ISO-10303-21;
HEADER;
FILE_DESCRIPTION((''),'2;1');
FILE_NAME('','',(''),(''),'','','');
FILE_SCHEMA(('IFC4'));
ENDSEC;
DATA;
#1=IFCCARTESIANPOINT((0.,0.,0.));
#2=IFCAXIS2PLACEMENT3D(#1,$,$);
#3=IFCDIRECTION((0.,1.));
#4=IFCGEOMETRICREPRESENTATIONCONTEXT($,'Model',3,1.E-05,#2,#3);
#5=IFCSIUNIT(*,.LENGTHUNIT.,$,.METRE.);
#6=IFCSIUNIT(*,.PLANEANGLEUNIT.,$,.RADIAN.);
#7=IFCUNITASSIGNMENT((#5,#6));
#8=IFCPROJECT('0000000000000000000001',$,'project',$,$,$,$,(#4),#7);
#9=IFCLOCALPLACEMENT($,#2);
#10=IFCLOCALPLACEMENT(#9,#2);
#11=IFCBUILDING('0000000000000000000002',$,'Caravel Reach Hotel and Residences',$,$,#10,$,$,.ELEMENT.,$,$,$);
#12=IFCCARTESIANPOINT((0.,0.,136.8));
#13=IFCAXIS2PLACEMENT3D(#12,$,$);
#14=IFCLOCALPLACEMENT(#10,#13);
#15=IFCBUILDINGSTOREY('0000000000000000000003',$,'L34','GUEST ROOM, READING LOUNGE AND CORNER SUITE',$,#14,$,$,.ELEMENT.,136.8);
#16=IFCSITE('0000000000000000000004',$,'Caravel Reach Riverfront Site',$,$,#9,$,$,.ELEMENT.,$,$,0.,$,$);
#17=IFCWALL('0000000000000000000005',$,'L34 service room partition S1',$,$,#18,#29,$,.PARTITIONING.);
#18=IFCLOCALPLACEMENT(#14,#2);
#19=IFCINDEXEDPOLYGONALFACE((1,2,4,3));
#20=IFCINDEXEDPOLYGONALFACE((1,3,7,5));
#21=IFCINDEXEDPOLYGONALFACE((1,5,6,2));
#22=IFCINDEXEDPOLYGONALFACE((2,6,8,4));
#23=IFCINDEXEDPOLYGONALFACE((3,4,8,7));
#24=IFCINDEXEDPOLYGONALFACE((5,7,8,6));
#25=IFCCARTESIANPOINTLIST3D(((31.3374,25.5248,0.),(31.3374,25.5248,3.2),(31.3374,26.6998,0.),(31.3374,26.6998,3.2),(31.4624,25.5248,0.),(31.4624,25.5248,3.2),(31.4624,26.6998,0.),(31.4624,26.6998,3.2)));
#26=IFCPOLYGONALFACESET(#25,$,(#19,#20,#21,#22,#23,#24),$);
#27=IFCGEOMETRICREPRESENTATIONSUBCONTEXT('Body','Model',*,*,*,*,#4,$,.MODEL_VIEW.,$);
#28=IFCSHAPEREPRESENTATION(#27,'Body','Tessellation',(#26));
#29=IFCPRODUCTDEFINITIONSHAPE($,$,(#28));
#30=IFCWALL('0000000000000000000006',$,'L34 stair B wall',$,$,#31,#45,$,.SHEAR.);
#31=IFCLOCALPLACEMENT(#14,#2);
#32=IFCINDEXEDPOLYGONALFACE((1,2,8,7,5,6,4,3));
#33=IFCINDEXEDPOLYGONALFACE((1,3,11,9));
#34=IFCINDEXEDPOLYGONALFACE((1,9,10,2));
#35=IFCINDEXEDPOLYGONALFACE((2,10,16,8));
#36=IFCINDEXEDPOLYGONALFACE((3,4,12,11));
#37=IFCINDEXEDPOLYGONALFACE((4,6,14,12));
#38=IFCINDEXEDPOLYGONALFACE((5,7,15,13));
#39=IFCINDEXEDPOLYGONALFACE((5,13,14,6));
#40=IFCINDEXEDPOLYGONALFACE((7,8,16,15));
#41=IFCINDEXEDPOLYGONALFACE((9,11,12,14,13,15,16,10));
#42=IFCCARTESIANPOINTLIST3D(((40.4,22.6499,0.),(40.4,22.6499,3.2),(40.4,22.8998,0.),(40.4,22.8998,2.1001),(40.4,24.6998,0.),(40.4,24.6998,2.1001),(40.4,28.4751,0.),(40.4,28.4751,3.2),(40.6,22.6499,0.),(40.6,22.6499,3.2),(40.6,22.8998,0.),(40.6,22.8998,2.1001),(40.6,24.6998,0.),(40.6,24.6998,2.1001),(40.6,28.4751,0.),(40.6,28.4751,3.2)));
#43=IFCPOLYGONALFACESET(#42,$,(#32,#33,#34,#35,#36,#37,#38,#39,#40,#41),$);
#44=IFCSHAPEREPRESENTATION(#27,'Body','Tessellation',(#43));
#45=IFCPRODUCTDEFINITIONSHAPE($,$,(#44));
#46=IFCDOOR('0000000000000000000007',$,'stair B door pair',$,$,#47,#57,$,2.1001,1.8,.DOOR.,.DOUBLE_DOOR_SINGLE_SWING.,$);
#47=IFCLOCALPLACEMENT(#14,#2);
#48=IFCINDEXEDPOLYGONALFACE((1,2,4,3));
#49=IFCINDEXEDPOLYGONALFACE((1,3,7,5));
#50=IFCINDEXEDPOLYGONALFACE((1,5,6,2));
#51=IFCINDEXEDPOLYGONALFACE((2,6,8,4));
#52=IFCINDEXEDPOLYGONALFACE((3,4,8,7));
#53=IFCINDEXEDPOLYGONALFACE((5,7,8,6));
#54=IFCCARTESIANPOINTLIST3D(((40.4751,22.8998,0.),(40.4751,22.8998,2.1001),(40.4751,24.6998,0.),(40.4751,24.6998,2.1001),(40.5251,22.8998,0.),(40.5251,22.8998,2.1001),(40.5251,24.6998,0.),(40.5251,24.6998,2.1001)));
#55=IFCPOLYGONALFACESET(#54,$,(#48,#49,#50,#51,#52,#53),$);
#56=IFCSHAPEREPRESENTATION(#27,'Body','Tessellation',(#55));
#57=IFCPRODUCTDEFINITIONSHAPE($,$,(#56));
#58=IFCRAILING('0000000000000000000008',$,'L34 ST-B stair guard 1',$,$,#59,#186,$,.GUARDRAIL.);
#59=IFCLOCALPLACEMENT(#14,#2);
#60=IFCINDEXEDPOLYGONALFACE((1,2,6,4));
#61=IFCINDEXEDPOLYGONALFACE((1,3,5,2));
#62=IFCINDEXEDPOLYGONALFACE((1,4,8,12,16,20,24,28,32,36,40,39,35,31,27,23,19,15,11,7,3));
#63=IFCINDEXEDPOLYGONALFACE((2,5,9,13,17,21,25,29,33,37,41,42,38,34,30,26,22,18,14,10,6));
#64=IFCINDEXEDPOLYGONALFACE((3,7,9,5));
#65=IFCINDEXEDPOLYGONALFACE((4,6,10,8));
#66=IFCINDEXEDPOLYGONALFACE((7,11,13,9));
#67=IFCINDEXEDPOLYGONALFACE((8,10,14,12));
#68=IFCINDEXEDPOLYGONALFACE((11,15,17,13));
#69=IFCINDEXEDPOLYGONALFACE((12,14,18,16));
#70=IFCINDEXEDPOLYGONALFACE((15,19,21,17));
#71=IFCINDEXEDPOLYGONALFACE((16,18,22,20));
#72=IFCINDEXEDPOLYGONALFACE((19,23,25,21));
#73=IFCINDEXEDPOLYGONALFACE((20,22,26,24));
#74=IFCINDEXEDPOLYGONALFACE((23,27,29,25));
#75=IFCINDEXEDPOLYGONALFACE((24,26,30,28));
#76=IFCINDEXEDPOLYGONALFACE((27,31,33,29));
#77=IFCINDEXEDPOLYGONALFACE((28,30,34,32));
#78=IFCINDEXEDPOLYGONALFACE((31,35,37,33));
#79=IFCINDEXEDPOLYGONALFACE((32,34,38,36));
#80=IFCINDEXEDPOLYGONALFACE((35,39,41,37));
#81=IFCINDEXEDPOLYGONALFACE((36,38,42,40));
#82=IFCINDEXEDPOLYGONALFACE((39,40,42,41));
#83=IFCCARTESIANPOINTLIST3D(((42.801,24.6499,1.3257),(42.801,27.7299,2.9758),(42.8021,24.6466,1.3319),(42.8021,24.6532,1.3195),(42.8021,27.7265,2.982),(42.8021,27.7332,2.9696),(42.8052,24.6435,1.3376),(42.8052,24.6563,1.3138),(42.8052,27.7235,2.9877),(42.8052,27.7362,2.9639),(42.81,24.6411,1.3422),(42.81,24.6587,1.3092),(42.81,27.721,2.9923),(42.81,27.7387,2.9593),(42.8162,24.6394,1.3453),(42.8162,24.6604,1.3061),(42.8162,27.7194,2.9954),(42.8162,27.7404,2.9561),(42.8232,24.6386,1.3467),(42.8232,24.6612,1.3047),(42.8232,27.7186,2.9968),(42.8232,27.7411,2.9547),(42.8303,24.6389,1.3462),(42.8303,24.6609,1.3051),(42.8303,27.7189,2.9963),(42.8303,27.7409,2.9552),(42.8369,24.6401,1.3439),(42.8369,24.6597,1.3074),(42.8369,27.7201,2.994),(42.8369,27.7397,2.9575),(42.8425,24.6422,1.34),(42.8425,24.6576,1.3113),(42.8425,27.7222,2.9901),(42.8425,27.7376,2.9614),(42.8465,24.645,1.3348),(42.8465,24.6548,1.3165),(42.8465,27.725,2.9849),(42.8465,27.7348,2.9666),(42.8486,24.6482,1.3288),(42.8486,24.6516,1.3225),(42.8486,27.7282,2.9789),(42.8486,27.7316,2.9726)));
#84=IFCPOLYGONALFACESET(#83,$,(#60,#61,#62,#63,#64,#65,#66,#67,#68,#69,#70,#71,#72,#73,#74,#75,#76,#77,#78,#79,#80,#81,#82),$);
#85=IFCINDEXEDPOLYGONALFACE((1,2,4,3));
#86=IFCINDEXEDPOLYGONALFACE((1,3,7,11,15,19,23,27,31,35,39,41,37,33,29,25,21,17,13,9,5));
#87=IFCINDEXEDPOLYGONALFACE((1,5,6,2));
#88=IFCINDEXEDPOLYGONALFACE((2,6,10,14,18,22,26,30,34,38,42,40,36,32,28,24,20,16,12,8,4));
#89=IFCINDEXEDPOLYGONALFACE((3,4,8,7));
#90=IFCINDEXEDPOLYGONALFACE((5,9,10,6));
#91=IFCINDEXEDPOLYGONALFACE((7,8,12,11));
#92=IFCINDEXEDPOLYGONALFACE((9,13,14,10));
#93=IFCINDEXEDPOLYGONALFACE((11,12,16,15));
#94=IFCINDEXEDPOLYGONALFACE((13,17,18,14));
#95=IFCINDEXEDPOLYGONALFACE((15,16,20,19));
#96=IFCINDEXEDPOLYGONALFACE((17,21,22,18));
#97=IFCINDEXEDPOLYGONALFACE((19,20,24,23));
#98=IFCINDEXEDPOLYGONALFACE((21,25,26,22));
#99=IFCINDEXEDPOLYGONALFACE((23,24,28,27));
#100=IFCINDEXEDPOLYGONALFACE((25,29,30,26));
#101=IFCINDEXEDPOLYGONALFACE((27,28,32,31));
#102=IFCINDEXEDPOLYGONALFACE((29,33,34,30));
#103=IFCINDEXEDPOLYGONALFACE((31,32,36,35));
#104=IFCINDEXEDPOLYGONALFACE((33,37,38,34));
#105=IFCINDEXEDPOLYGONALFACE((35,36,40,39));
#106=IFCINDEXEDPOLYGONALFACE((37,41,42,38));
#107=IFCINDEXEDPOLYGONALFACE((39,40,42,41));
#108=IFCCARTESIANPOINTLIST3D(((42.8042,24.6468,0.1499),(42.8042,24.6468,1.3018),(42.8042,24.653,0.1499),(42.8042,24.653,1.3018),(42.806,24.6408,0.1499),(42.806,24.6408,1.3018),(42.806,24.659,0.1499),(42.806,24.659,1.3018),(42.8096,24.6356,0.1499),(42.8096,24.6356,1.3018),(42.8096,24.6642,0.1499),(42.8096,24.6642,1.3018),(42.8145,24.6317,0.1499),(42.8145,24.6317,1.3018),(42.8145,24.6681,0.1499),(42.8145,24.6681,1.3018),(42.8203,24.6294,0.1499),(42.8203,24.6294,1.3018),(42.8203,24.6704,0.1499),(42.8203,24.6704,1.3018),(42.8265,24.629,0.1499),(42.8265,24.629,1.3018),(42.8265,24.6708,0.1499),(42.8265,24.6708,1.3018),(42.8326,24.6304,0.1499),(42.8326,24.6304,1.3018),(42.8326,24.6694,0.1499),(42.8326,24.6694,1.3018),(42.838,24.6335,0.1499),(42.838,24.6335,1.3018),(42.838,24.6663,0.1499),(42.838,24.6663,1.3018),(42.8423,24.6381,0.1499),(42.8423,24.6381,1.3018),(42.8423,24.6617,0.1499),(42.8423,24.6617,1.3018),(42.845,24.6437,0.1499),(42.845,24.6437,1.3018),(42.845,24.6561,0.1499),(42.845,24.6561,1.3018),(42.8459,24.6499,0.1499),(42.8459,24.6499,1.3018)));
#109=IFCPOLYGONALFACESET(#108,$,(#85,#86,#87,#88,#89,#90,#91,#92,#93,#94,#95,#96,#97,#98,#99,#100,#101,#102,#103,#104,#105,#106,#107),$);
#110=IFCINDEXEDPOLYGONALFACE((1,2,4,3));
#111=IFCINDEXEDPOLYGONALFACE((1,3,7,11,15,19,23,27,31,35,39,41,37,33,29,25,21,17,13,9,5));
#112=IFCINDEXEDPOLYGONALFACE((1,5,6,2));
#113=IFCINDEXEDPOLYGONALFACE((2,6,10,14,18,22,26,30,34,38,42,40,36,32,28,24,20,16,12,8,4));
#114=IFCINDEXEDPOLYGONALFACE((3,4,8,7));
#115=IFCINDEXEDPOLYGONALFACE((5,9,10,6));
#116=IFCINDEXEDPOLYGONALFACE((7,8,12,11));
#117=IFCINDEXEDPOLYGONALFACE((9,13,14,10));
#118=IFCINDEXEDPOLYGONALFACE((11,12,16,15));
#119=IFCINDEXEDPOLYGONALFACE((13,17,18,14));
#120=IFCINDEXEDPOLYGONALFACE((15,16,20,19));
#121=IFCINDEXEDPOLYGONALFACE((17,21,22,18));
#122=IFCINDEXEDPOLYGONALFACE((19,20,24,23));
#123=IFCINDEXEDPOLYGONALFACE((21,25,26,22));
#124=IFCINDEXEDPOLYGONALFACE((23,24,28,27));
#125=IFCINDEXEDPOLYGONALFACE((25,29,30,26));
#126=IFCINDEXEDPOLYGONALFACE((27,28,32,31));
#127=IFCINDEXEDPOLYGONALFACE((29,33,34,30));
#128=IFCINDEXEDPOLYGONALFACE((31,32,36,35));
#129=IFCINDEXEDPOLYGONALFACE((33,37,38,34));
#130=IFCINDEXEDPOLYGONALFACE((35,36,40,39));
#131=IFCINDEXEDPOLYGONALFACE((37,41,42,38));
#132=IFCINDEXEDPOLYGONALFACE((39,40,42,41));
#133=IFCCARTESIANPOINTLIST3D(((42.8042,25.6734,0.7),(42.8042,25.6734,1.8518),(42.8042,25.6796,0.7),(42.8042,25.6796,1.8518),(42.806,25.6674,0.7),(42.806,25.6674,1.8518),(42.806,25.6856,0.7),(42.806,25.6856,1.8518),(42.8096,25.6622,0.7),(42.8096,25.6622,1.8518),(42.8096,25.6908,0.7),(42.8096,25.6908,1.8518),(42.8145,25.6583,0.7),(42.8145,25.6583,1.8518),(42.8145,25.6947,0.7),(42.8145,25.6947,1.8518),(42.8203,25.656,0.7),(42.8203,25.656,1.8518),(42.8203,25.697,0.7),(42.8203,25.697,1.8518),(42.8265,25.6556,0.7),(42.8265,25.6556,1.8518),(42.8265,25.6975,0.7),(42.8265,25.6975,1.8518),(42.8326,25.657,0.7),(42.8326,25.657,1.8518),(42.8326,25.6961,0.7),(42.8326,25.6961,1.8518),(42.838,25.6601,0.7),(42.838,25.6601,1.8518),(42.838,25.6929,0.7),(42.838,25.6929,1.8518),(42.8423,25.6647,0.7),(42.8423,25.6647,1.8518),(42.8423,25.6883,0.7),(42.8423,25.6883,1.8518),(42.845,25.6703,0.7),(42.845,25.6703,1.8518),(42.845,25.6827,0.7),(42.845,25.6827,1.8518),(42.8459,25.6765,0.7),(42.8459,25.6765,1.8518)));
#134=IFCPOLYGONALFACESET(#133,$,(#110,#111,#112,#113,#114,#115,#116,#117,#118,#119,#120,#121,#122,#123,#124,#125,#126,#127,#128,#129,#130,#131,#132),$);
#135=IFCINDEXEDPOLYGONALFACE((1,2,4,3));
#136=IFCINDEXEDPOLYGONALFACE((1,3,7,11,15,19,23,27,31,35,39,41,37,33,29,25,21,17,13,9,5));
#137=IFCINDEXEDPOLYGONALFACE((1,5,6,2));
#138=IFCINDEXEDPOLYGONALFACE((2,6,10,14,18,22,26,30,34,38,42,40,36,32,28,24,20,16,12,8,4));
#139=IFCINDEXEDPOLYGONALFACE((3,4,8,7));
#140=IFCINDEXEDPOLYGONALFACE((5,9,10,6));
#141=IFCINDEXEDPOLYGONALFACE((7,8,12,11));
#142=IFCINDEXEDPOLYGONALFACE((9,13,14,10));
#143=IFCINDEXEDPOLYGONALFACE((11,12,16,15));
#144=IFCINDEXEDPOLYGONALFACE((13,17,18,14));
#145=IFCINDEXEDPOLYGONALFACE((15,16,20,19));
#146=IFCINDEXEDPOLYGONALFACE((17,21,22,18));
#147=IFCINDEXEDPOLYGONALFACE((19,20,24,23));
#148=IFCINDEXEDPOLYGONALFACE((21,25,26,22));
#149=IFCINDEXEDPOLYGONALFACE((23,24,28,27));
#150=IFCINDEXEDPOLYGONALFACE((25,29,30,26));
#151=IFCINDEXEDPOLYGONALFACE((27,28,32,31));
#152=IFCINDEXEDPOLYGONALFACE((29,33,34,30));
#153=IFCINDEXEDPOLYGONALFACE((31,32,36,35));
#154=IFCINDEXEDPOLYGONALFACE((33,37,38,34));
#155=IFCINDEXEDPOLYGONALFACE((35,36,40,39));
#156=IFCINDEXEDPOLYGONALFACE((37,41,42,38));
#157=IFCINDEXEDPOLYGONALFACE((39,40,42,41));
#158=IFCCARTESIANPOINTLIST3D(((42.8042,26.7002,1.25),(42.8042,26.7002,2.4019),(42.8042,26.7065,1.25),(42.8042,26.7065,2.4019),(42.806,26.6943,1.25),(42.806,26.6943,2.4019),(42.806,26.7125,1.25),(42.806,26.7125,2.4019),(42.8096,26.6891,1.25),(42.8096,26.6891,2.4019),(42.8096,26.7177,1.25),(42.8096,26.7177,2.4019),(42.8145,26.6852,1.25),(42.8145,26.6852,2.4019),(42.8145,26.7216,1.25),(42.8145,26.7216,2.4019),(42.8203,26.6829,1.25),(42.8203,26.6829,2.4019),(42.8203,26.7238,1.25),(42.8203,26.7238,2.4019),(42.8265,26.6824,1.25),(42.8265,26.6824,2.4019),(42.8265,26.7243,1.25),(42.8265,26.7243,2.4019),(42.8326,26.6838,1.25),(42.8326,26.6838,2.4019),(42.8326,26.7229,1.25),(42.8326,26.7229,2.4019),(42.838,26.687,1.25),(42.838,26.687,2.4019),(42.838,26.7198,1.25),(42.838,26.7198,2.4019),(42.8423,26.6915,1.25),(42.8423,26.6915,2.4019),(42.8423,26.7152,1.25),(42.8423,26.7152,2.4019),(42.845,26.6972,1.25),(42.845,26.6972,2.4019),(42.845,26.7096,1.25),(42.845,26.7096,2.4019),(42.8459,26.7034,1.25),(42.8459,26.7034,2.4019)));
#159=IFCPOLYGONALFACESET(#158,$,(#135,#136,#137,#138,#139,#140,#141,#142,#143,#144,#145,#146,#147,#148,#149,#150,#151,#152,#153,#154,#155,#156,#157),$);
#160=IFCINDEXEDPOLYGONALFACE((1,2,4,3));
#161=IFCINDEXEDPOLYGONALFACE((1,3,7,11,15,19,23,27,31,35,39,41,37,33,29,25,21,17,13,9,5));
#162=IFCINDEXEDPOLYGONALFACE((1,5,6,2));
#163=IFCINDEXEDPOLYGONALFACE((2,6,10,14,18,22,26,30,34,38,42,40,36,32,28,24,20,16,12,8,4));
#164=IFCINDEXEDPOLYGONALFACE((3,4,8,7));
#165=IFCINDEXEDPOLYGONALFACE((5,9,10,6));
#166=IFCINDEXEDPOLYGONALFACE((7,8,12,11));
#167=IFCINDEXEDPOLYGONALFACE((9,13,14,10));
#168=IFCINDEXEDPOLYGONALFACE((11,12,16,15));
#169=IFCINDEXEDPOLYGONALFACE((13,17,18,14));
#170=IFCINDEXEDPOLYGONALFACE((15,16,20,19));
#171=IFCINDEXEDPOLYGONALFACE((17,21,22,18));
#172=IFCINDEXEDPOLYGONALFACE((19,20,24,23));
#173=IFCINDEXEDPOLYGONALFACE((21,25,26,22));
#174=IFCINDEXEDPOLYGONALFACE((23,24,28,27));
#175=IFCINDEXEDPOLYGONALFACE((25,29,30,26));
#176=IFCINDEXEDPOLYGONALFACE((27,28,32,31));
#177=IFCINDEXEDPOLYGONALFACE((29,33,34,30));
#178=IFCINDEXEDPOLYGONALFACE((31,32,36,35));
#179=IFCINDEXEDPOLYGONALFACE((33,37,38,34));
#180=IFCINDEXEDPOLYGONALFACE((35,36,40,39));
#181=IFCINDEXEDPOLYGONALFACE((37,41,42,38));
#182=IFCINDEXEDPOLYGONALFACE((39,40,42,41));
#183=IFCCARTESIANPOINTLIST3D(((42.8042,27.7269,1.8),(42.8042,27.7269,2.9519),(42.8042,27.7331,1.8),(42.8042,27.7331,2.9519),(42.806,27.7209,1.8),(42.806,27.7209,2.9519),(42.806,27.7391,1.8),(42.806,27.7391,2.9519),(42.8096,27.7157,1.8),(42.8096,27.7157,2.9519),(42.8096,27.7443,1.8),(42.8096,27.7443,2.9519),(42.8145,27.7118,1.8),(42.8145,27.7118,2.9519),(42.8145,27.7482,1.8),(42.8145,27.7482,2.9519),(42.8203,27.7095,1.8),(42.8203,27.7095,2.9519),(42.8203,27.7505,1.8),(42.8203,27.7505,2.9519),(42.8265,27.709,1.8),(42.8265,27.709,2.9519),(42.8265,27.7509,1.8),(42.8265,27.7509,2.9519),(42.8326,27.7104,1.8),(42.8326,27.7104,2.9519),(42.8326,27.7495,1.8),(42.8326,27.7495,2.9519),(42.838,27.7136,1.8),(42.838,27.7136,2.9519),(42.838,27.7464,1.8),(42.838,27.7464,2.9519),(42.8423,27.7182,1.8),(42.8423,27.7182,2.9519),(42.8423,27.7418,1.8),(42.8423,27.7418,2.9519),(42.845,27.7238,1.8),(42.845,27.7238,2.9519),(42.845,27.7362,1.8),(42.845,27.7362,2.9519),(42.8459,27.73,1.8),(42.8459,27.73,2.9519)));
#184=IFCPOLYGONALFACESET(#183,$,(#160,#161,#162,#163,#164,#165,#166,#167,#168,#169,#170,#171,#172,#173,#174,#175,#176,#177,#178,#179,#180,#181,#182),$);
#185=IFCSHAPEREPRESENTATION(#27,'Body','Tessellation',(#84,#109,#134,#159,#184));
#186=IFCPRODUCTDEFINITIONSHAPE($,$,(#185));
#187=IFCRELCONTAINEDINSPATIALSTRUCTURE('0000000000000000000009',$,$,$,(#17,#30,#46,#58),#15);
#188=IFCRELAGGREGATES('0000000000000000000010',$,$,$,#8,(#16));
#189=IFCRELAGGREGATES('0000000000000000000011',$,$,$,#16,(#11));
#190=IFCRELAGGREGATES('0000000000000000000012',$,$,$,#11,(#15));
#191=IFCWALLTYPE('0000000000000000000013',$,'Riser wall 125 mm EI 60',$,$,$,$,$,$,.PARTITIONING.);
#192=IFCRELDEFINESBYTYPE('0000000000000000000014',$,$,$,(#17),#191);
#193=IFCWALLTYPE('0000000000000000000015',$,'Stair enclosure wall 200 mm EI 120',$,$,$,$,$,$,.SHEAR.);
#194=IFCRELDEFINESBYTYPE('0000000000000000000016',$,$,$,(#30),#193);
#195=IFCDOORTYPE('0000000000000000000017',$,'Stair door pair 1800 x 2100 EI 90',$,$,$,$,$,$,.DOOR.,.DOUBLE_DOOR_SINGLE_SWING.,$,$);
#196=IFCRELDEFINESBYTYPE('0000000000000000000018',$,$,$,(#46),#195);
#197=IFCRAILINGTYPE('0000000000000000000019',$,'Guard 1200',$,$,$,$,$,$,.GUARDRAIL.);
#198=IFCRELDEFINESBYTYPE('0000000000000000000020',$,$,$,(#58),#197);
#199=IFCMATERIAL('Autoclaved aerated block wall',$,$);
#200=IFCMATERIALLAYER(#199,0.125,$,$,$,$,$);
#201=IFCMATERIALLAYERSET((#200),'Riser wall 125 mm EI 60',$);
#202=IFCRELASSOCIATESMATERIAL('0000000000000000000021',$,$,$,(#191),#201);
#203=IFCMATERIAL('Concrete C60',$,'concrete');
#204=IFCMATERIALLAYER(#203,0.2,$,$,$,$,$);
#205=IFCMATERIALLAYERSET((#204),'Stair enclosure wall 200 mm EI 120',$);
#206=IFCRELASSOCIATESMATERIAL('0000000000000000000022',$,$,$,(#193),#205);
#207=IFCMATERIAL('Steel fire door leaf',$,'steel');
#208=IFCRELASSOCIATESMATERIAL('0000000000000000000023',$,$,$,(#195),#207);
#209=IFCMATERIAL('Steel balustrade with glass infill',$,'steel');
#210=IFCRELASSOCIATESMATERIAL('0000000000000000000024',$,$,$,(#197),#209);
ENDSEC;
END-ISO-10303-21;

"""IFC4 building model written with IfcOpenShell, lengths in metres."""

from ifc_helpers import new_model, si_unit, direction, frame, frame_2d, origin, origin_2d, place, context, subcontext, project, spatial, rectangle, circle, extrude, material, layer, layer_set, type_object, element, fill, save


model = new_model("IFC4")

# Units and contexts
model_context = context("Model", 3, precision=1e-05, world=origin(), true_north=direction((0.0, 1.0)))
body_context = subcontext(model_context, "Body", "Model", "MODEL_VIEW")
ifc_project = project(units=[si_unit("LENGTHUNIT", "METRE"), si_unit("PLANEANGLEUNIT", "RADIAN")], contexts=[model_context])

# Site, building, storey
site_placement = place(None, origin())
site = spatial("IfcSite", under=ifc_project, at=site_placement, Name="Caravel Reach Riverfront Site", CompositionType="ELEMENT", RefElevation=0.0)
building_placement = place(site_placement, origin())
building = spatial("IfcBuilding", under=site, at=building_placement, Name="Caravel Reach Hotel and Residences", CompositionType="ELEMENT")
storey_placement = place(building_placement, frame((0.0, 0.0, 136.8)))
storey = spatial("IfcBuildingStorey", under=building, at=storey_placement, Name="L34", Description="GUEST ROOM, READING LOUNGE AND CORNER SUITE", CompositionType="ELEMENT", Elevation=136.8)

# Shared definitions
ifc_material_1 = material(Name="Autoclaved aerated block wall")
ifc_layer_1 = layer(ifc_material_1, 0.125)
ifc_layer_set_1 = layer_set([ifc_layer_1], Name="Riser wall 125 mm EI 60")
wall_type_1 = type_object("IfcWallType", Name="Riser wall 125 mm EI 60", PredefinedType="PARTITIONING", material=ifc_layer_set_1)

# Wall
for number, where, z_axis, x_axis, name in (
    (1, (31.3999, 25.5249, 0.0), (0.0, 0.0, 1.0), (0.0, 1.0, 0.0), "L34 service room partition S1"),
):
    element("IfcWall", number, at=place(storey_placement, frame(where, z_axis=z_axis, x_axis=x_axis)), inside=storey, type_object=wall_type_1, Name=name, PredefinedType="PARTITIONING", context=body_context, shape_type="SweptSolid", body=[
        extrude(rectangle(XDim=1.175, YDim=0.125, at=frame_2d((0.5874, 0.0))), origin(), (0.0, 0.0, 1.0), 3.2),
    ])

# Wall, opening, door
ifc_material_2 = material(Name="Concrete C60", Category="concrete")
ifc_layer_2 = layer(ifc_material_2, 0.2)
ifc_layer_set_2 = layer_set([ifc_layer_2], Name="Stair enclosure wall 200 mm EI 120")
wall_type_2 = type_object("IfcWallType", Name="Stair enclosure wall 200 mm EI 120", PredefinedType="SHEAR", material=ifc_layer_set_2)
wall_1_placement = place(storey_placement, frame((40.5, 22.6499, 0.0), z_axis=(0.0, 0.0, 1.0), x_axis=(0.0, 1.0, 0.0)))
wall_1 = element("IfcWall", 2, at=wall_1_placement, inside=storey, type_object=wall_type_2, Name="L34 stair B wall", PredefinedType="SHEAR", context=body_context, shape_type="SweptSolid", body=[
    extrude(rectangle(XDim=5.8252, YDim=0.2, at=frame_2d((2.9126, 0.0))), origin(), (0.0, 0.0, 1.0), 3.2),
])
opening_1_placement = place(wall_1_placement, frame((0.25, 0.0, 0.0)))
opening_1 = element("IfcOpeningElement", 3, at=opening_1_placement, cuts=wall_1, PredefinedType="OPENING", context=body_context, shape_type="SweptSolid", body=[
    extrude(rectangle(XDim=1.8, YDim=2.1001, at=frame_2d((0.8999, 1.05))), frame((0.0, 0.1099, 0.0), z_axis=(0.0, -1.0, 0.0), x_axis=(1.0, 0.0, 0.0)), (0.0, 0.0, 1.0), 0.22),
])
ifc_material_3 = material(Name="Steel fire door leaf", Category="steel")
door_type_1 = type_object("IfcDoorType", Name="Stair door pair 1800 x 2100 EI 90", OperationType="DOUBLE_DOOR_SINGLE_SWING", PredefinedType="DOOR", material=ifc_material_3)
door_1_placement = place(opening_1_placement, origin())
door_1 = element("IfcDoor", 4, at=door_1_placement, inside=storey, type_object=door_type_1, Name="stair B door pair", OperationType="DOUBLE_DOOR_SINGLE_SWING", OverallHeight=2.1001, OverallWidth=1.8, PredefinedType="DOOR", context=body_context, shape_type="SweptSolid", body=[
    extrude(rectangle(XDim=1.8, YDim=2.1001, at=frame_2d((0.8999, 1.05))), frame((0.0, 0.0249, 0.0), z_axis=(0.0, -1.0, 0.0), x_axis=(1.0, 0.0, 0.0)), (0.0, 0.0, 1.0), 0.05),
])
fill(opening_1, door_1)

# Railing
ifc_material_4 = material(Name="Steel balustrade with glass infill", Category="steel")
railing_type = type_object("IfcRailingType", Name="Guard 1200", PredefinedType="GUARDRAIL", material=ifc_material_4)
railing_1_placement = place(storey_placement, frame((42.825, 24.6499, 0.1499)))
element("IfcRailing", 5, at=railing_1_placement, inside=storey, type_object=railing_type, Name="L34 ST-B stair guard 1", PredefinedType="GUARDRAIL", context=body_context, shape_type="SweptSolid", body=[
    extrude(circle(Radius=0.0239, at=origin_2d()), frame((0.0, 0.0, 1.1758), z_axis=(0.0, 0.881468, 0.472245), x_axis=(-1.0, 0.0, 0.0)), (0.0, 0.0, 1.0), 3.4941),
    extrude(circle(Radius=0.021, at=origin_2d()), origin(), (0.0, 0.0, 1.0), 1.1519),
    extrude(circle(Radius=0.021, at=origin_2d()), frame((0.0, 1.0266, 0.55)), (0.0, 0.0, 1.0), 1.1519),
    extrude(circle(Radius=0.021, at=origin_2d()), frame((0.0, 2.0535, 1.1001)), (0.0, 0.0, 1.0), 1.1519),
    extrude(circle(Radius=0.021, at=origin_2d()), frame((0.0, 3.0801, 1.6501)), (0.0, 0.0, 1.0), 1.1519),
])

save(model, "model.ifc")
